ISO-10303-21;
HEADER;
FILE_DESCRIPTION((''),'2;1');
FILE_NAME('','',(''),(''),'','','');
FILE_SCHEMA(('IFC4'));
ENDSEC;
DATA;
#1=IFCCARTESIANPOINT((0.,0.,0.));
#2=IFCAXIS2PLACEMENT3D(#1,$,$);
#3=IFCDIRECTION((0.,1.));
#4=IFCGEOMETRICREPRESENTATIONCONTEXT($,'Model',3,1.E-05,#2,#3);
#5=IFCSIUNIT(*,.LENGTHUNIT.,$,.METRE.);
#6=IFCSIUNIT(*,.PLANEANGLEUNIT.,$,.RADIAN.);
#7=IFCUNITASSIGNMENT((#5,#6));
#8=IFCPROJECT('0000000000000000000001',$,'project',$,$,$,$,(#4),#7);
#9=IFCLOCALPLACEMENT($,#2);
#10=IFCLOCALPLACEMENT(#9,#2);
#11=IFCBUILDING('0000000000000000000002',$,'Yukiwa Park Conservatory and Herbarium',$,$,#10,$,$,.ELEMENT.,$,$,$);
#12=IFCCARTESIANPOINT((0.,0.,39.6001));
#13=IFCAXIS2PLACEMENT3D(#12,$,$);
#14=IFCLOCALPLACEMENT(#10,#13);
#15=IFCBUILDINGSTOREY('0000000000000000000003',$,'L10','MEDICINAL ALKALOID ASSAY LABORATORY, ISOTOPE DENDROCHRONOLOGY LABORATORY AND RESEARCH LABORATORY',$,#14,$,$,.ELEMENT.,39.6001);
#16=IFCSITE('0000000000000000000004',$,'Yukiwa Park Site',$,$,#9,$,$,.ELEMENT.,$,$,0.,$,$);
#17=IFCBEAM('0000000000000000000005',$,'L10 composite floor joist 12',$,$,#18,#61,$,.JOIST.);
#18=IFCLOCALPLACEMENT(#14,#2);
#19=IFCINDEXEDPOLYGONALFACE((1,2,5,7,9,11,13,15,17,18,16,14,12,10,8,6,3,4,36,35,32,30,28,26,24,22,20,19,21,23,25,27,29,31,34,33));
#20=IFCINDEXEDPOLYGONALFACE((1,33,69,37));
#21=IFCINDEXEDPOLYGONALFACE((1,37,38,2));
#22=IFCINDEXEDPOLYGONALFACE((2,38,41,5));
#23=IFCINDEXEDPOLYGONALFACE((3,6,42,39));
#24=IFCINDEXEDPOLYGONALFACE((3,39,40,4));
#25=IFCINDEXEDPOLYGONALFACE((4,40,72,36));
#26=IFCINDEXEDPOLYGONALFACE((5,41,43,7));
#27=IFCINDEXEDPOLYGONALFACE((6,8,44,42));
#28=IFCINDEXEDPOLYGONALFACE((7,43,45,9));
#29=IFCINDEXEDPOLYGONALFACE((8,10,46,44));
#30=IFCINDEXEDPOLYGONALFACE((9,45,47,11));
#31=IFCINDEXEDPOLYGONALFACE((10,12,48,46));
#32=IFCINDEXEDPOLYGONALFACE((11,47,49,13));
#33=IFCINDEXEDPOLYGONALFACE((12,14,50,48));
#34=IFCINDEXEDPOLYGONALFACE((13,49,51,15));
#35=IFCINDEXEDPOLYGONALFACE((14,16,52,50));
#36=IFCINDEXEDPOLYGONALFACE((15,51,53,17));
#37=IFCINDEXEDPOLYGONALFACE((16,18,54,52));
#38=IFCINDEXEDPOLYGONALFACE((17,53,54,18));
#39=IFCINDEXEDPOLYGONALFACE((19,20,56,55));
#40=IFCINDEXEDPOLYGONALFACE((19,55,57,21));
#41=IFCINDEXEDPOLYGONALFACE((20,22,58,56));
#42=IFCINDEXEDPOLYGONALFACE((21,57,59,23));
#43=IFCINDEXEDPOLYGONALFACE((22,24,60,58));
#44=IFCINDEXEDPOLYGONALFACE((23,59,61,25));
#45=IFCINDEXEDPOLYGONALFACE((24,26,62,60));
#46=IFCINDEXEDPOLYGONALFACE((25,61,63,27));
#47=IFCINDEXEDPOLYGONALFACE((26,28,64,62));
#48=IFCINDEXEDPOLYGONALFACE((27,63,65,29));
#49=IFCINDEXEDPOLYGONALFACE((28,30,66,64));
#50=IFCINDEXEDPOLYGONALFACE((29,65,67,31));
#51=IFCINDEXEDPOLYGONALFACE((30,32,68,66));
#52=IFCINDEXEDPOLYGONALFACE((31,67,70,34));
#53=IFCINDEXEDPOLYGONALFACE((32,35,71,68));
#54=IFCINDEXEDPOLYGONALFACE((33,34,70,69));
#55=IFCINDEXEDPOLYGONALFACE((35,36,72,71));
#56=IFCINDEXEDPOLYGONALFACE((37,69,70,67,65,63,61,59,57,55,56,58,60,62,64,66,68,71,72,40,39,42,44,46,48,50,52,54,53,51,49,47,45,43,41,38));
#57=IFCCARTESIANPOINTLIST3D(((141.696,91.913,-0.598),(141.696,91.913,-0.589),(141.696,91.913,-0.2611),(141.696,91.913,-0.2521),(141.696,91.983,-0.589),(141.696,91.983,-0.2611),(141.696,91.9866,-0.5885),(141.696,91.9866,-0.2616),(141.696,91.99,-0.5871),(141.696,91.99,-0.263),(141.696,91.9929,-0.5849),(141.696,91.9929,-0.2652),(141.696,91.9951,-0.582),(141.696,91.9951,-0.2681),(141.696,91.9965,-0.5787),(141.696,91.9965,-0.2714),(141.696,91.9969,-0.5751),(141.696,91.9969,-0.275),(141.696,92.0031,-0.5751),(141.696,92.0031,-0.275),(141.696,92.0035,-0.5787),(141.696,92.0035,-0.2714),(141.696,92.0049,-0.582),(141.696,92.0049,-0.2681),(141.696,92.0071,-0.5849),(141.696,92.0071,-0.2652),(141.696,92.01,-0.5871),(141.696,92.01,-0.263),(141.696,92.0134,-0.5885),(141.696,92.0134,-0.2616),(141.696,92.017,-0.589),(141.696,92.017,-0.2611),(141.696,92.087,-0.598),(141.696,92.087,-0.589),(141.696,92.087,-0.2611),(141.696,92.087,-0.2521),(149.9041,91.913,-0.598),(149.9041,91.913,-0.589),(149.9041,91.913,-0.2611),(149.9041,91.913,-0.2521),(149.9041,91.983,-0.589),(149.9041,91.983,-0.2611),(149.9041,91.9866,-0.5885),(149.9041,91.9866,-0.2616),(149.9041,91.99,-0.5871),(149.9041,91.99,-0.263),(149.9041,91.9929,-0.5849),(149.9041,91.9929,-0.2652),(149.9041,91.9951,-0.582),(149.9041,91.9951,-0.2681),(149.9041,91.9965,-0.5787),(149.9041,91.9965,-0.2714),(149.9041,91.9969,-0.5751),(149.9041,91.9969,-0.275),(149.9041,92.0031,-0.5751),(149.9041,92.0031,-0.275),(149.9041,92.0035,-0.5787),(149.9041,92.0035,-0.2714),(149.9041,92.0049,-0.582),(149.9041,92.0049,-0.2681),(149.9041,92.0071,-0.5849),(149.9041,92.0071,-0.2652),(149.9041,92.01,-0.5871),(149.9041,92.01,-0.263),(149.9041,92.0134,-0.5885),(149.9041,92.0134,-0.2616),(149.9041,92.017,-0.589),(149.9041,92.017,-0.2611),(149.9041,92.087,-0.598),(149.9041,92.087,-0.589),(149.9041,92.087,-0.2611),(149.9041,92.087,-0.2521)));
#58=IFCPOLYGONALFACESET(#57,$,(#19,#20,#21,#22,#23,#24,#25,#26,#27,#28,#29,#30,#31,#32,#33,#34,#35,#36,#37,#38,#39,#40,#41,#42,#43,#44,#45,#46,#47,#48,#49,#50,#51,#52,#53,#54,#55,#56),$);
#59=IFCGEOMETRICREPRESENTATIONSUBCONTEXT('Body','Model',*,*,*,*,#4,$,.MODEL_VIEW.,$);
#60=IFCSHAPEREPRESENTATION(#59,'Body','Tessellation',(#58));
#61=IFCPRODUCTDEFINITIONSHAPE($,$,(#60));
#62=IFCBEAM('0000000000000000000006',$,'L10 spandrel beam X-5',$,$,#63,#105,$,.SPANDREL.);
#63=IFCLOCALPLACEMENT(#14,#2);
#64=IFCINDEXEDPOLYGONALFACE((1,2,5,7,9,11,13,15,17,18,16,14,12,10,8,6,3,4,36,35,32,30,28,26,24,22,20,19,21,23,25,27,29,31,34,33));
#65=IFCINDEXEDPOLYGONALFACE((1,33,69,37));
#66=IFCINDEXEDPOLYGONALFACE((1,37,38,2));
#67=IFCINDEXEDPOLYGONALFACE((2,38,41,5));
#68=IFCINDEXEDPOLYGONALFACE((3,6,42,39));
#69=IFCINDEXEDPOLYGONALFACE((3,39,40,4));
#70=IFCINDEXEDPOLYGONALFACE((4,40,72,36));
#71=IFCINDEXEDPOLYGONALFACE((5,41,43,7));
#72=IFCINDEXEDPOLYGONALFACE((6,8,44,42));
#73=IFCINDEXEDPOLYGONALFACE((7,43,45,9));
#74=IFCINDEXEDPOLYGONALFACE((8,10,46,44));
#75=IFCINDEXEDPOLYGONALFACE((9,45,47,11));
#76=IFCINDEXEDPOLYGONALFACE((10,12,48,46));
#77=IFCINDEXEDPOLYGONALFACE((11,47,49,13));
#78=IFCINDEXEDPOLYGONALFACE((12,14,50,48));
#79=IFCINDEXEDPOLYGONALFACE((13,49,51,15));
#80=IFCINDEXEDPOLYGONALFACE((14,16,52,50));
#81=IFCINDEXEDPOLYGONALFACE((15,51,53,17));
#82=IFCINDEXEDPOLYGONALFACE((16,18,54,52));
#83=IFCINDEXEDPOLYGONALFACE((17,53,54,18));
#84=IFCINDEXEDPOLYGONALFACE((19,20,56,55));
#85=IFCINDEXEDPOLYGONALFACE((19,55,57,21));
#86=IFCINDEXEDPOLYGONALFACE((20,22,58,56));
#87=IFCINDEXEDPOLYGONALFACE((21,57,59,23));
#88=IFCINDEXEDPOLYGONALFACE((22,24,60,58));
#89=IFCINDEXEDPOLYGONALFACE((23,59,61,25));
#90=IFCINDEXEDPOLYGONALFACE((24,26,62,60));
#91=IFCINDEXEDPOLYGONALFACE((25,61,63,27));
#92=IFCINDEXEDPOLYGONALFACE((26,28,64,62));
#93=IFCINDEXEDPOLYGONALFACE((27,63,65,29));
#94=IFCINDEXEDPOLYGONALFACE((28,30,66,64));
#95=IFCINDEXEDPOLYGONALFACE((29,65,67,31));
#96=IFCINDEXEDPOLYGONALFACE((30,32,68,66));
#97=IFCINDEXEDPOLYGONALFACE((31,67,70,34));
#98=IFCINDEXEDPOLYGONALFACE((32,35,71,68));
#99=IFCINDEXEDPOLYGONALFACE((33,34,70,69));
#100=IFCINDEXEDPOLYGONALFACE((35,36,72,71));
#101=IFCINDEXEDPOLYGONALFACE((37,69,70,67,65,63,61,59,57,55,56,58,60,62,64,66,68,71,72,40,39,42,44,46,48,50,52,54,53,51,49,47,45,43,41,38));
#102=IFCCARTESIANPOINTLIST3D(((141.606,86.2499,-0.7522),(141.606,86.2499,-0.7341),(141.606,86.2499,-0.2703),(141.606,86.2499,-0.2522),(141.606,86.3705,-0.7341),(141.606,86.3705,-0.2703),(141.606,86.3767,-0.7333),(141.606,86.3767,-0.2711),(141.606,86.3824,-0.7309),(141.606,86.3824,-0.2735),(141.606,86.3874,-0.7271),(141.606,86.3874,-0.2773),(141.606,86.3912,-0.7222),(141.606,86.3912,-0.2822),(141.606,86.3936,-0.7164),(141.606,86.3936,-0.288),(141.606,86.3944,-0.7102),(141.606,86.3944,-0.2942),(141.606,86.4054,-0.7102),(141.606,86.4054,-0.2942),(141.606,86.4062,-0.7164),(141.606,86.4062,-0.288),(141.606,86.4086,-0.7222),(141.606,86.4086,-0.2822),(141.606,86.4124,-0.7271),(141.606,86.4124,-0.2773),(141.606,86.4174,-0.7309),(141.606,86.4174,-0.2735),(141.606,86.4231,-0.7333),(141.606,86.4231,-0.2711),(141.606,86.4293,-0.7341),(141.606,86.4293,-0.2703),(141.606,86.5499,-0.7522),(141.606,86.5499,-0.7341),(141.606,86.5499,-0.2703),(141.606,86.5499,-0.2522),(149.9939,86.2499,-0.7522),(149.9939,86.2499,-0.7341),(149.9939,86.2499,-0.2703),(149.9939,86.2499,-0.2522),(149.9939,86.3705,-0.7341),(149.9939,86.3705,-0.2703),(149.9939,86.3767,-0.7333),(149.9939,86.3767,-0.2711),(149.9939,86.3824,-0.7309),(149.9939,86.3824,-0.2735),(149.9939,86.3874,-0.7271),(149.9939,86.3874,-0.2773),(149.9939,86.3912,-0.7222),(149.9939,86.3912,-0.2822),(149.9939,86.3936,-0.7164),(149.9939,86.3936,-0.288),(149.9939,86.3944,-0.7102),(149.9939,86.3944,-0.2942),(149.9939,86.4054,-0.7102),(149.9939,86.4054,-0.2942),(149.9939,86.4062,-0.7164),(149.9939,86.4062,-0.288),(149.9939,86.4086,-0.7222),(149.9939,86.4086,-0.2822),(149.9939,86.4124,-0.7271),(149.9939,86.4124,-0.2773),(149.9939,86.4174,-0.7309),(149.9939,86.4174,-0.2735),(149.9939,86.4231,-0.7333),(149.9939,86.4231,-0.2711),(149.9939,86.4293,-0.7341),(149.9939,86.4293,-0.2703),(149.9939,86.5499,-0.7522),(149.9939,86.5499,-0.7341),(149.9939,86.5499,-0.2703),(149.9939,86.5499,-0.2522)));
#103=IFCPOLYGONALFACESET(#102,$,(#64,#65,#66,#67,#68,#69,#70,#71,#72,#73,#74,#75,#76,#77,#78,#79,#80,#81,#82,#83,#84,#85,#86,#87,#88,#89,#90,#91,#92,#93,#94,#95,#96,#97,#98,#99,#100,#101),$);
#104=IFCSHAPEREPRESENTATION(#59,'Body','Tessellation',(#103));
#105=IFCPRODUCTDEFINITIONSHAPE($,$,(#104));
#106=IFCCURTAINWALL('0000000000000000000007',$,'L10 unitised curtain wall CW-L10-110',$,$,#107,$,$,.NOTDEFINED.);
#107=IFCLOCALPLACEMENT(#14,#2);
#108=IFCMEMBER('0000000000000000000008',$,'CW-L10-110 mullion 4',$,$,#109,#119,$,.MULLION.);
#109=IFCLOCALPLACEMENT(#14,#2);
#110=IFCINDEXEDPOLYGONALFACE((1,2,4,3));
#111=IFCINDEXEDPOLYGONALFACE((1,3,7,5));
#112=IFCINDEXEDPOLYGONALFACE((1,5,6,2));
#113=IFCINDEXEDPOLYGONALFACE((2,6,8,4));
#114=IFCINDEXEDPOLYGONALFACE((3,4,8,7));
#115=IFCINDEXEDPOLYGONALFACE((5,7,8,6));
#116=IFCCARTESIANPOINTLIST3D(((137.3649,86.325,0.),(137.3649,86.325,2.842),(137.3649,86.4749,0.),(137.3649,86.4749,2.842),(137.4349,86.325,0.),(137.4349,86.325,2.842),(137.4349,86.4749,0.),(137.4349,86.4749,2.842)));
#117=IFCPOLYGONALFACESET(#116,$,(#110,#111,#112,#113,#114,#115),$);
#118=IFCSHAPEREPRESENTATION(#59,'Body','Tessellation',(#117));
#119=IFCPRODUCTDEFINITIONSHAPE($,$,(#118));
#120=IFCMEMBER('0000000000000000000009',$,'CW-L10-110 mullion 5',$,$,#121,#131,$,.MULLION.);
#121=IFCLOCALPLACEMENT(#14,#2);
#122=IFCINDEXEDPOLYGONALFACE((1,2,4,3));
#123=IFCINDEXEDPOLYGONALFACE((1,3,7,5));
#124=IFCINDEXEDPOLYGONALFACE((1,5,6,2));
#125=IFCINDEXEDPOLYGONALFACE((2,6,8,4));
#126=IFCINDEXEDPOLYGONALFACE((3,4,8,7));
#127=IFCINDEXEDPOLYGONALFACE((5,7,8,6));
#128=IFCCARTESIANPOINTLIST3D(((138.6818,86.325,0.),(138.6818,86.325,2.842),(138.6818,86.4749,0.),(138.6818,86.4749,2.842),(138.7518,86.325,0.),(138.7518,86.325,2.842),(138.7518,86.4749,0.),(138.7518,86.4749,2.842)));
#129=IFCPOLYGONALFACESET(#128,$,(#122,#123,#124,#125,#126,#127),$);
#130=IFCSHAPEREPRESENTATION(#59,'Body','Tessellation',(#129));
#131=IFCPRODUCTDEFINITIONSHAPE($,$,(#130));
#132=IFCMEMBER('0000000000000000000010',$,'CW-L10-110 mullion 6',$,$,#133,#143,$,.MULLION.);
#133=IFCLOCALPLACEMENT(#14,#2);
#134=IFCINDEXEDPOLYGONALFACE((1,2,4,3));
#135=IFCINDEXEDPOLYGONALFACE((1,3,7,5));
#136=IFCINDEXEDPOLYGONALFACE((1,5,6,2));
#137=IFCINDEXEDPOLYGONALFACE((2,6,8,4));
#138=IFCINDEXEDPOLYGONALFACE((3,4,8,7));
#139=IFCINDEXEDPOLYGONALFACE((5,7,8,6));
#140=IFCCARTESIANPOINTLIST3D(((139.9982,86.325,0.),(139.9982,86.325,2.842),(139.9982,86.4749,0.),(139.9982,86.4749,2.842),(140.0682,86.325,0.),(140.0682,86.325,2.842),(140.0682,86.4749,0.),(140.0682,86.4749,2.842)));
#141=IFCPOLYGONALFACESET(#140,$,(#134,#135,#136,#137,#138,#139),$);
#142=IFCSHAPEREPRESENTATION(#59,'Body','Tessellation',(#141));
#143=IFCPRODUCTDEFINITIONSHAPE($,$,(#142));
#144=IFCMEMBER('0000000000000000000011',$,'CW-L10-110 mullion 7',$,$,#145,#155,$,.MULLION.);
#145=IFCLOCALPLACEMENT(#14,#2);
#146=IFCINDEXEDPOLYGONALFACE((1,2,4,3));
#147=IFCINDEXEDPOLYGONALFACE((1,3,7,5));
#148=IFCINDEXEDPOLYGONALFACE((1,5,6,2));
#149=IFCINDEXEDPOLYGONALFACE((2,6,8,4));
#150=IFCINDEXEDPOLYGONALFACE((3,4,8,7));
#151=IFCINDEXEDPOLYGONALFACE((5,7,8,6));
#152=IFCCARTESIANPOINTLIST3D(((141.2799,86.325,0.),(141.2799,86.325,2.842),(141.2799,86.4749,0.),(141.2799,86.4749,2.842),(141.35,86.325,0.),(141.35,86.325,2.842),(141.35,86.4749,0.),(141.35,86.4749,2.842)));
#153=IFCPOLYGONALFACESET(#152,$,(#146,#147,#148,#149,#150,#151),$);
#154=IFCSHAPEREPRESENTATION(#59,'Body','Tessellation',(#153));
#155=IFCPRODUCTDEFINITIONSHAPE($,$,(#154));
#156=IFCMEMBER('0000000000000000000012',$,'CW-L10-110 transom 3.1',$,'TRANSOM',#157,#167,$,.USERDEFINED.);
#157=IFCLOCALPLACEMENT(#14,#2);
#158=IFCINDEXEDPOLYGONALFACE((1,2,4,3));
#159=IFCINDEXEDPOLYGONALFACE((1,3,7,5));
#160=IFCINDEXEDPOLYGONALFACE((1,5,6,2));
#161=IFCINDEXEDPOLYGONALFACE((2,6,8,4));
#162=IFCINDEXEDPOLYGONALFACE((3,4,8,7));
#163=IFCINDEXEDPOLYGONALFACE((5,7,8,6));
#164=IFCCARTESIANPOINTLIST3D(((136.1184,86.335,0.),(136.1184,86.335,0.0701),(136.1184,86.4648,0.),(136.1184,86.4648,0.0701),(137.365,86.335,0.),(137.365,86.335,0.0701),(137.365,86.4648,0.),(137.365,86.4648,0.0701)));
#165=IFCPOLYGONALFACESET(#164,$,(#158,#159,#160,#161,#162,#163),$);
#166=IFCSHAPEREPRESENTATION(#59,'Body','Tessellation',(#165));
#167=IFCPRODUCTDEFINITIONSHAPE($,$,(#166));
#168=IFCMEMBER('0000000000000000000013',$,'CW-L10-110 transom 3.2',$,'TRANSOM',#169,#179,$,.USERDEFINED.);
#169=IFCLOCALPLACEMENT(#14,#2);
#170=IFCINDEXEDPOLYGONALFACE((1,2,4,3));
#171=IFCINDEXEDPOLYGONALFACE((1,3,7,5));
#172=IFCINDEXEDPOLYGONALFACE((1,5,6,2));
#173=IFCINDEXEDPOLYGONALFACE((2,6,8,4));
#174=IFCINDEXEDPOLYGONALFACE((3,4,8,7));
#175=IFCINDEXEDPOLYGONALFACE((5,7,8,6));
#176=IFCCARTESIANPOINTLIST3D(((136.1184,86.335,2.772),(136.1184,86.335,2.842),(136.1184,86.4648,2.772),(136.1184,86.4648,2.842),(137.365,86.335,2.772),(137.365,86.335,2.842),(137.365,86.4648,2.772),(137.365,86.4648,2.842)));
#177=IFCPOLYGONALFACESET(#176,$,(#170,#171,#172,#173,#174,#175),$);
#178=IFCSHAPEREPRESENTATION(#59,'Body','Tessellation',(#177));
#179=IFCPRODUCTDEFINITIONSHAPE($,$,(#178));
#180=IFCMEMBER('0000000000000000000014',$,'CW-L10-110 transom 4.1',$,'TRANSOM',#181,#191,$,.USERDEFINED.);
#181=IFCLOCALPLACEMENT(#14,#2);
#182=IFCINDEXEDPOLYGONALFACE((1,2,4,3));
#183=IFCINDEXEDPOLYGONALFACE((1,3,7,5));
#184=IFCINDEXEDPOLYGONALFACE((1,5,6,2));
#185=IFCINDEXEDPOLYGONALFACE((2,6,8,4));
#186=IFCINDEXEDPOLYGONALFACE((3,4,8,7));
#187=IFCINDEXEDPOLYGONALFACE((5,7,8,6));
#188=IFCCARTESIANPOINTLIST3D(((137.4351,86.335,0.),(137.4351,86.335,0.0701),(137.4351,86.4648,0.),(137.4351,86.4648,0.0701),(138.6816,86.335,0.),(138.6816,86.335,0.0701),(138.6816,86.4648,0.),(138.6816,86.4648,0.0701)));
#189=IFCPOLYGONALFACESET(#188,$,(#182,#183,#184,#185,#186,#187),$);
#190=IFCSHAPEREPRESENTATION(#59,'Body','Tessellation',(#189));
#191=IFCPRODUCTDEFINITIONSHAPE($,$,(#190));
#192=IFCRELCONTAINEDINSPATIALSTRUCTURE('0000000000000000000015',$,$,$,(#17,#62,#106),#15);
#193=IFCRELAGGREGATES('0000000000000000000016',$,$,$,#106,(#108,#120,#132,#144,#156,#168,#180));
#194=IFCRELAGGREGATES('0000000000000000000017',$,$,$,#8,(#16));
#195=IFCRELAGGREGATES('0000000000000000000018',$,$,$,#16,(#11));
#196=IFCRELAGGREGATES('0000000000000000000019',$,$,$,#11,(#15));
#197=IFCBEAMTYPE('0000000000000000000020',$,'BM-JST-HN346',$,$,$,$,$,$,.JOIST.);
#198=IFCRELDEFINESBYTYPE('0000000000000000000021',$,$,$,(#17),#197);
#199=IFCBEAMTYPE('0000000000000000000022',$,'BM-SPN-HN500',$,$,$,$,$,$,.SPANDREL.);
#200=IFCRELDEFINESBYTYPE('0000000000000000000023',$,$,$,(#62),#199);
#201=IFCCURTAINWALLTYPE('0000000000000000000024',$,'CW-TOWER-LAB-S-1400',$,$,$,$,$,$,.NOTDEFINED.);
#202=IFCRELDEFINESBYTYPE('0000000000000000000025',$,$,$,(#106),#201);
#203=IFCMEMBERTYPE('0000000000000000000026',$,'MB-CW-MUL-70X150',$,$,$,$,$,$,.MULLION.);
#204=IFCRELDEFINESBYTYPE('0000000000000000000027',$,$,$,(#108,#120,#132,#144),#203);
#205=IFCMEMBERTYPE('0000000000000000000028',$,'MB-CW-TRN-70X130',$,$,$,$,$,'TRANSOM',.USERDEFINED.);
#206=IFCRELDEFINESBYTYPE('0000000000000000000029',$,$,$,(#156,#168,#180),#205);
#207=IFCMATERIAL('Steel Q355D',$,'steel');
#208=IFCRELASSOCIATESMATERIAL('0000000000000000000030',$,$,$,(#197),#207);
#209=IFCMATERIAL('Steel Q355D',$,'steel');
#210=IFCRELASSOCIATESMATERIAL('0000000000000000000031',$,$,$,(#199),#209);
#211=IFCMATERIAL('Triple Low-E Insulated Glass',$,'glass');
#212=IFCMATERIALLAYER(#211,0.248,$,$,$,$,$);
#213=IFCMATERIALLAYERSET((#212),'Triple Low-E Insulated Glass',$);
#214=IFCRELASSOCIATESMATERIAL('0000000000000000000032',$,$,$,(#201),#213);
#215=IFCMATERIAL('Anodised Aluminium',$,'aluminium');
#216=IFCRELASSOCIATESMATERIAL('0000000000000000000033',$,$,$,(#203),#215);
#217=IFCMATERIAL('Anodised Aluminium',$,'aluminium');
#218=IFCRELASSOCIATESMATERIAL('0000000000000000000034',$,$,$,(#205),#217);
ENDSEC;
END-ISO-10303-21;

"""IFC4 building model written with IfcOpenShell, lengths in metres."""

from ifc_helpers import new_model, si_unit, direction, frame, origin, origin_2d, place, context, subcontext, project, spatial, rectangle, i_section, extrude, material, layer, layer_set, material_profile, profile_set, type_object, element, aggregate, save


model = new_model("IFC4")

# Units and contexts
model_context = context("Model", 3, precision=1e-05, world=origin(), true_north=direction((0.0, 1.0)))
body_context = subcontext(model_context, "Body", "Model", "MODEL_VIEW")
ifc_project = project(units=[si_unit("LENGTHUNIT", "METRE"), si_unit("PLANEANGLEUNIT", "RADIAN")], contexts=[model_context])

# Site, building, storey
site_placement = place(None, origin())
site = spatial("IfcSite", under=ifc_project, at=site_placement, Name="Yukiwa Park Site", CompositionType="ELEMENT", RefElevation=0.0)
building_placement = place(site_placement, origin())
building = spatial("IfcBuilding", under=site, at=building_placement, Name="Yukiwa Park Conservatory and Herbarium", CompositionType="ELEMENT")
storey_placement = place(building_placement, frame((0.0, 0.0, 39.6001)))
storey = spatial("IfcBuildingStorey", under=building, at=storey_placement, Name="L10", Description="MEDICINAL ALKALOID ASSAY LABORATORY, ISOTOPE DENDROCHRONOLOGY LABORATORY AND RESEARCH LABORATORY", CompositionType="ELEMENT", Elevation=39.6001)

# Beams
ifc_material_1 = material(Name="Steel Q355D", Category="steel")
ifc_material_profile_1 = material_profile(ifc_material_1, i_section(OverallWidth=0.1741, OverallDepth=0.3459, WebThickness=0.0061, FlangeThickness=0.009, FilletRadius=0.0139, at=origin_2d()), Name="HN 346x174x6x9")
ifc_profile_set_1 = profile_set([ifc_material_profile_1], Name="Steel Q355D")
beam_type_1 = type_object("IfcBeamType", Name="BM-JST-HN346", PredefinedType="JOIST", material=ifc_profile_set_1)
for number, where, z_axis, x_axis, name in (
    (1, (141.696, 92.0, -0.425), (1.0, 0.0, 0.0), (0.0, 1.0, 0.0), "L10 composite floor joist 12"),
):
    element("IfcBeam", number, at=place(storey_placement, frame(where, z_axis=z_axis, x_axis=x_axis)), inside=storey, type_object=beam_type_1, Name=name, PredefinedType="JOIST", context=body_context, shape_type="SweptSolid", body=[
        extrude(i_section(OverallWidth=0.1741, OverallDepth=0.3459, WebThickness=0.0061, FlangeThickness=0.009, FilletRadius=0.0139, at=origin_2d()), origin(), (0.0, 0.0, 1.0), 8.208),
    ])
ifc_material_2 = material(Name="Steel Q355D", Category="steel")
ifc_material_profile_2 = material_profile(ifc_material_2, i_section(OverallWidth=0.3, OverallDepth=0.5, WebThickness=0.011, FlangeThickness=0.0181, FilletRadius=0.0239, at=origin_2d()), Name="HM 500x300x11x18")
ifc_profile_set_2 = profile_set([ifc_material_profile_2], Name="Steel Q355D")
beam_type_2 = type_object("IfcBeamType", Name="BM-SPN-HN500", PredefinedType="SPANDREL", material=ifc_profile_set_2)
beam_1_placement = place(storey_placement, frame((141.606, 86.3999, -0.5022), z_axis=(1.0, 0.0, 0.0), x_axis=(0.0, 1.0, 0.0)))
element("IfcBeam", 2, at=beam_1_placement, inside=storey, type_object=beam_type_2, Name="L10 spandrel beam X-5", PredefinedType="SPANDREL", context=body_context, shape_type="SweptSolid", body=[
    extrude(i_section(OverallWidth=0.3, OverallDepth=0.5, WebThickness=0.011, FlangeThickness=0.0181, FilletRadius=0.0239, at=origin_2d()), origin(), (0.0, 0.0, 1.0), 8.3879),
])

# Curtain wall, members
ifc_material_3 = material(Name="Triple Low-E Insulated Glass", Category="glass")
ifc_layer_1 = layer(ifc_material_3, 0.248)
ifc_layer_set_1 = layer_set([ifc_layer_1], Name="Triple Low-E Insulated Glass")
curtain_wall_type = type_object("IfcCurtainWallType", Name="CW-TOWER-LAB-S-1400", PredefinedType="NOTDEFINED", material=ifc_layer_set_1)
curtain_wall_placement = place(storey_placement, origin())
curtain_wall = element("IfcCurtainWall", 3, at=curtain_wall_placement, inside=storey, type_object=curtain_wall_type, Name="L10 unitised curtain wall CW-L10-110", PredefinedType="NOTDEFINED")
ifc_material_4 = material(Name="Anodised Aluminium", Category="aluminium")
member_type_1 = type_object("IfcMemberType", Name="MB-CW-MUL-70X150", PredefinedType="MULLION", material=ifc_material_4)
member_1_placement = place(storey_placement, frame((137.3999, 86.3999, 0.0), z_axis=(0.0, 0.0, 1.0), x_axis=(1.0, 0.0, 0.0)))
member_1 = element("IfcMember", 4, at=member_1_placement, type_object=member_type_1, Name="CW-L10-110 mullion 4", PredefinedType="MULLION", context=body_context, shape_type="SweptSolid", body=[
    extrude(rectangle(XDim=0.0701, YDim=0.1499, at=origin_2d()), origin(), (0.0, 0.0, 1.0), 2.842),
])
member_2_placement = place(storey_placement, frame((138.7168, 86.3999, 0.0), z_axis=(0.0, 0.0, 1.0), x_axis=(1.0, 0.0, 0.0)))
member_2 = element("IfcMember", 5, at=member_2_placement, type_object=member_type_1, Name="CW-L10-110 mullion 5", PredefinedType="MULLION", context=body_context, shape_type="SweptSolid", body=[
    extrude(rectangle(XDim=0.0701, YDim=0.1499, at=origin_2d()), origin(), (0.0, 0.0, 1.0), 2.842),
])
member_3_placement = place(storey_placement, frame((140.0332, 86.3999, 0.0), z_axis=(0.0, 0.0, 1.0), x_axis=(1.0, 0.0, 0.0)))
member_3 = element("IfcMember", 6, at=member_3_placement, type_object=member_type_1, Name="CW-L10-110 mullion 6", PredefinedType="MULLION", context=body_context, shape_type="SweptSolid", body=[
    extrude(rectangle(XDim=0.0701, YDim=0.1499, at=origin_2d()), origin(), (0.0, 0.0, 1.0), 2.842),
])
member_4_placement = place(storey_placement, frame((141.3149, 86.3999, 0.0), z_axis=(0.0, 0.0, 1.0), x_axis=(1.0, 0.0, 0.0)))
member_4 = element("IfcMember", 7, at=member_4_placement, type_object=member_type_1, Name="CW-L10-110 mullion 7", PredefinedType="MULLION", context=body_context, shape_type="SweptSolid", body=[
    extrude(rectangle(XDim=0.0701, YDim=0.1499, at=origin_2d()), origin(), (0.0, 0.0, 1.0), 2.842),
])
ifc_material_5 = material(Name="Anodised Aluminium", Category="aluminium")
member_type_2 = type_object("IfcMemberType", Name="MB-CW-TRN-70X130", ElementType="TRANSOM", PredefinedType="USERDEFINED", material=ifc_material_5)
member_5_placement = place(storey_placement, frame((136.7417, 86.3999, 0.0), z_axis=(0.0, 0.0, 1.0), x_axis=(1.0, 0.0, 0.0)))
member_5 = element("IfcMember", 8, at=member_5_placement, type_object=member_type_2, Name="CW-L10-110 transom 3.1", ObjectType="TRANSOM", PredefinedType="USERDEFINED", context=body_context, shape_type="SweptSolid", body=[
    extrude(rectangle(XDim=1.2466, YDim=0.1299, at=origin_2d()), origin(), (0.0, 0.0, 1.0), 0.0701),
])
member_6_placement = place(storey_placement, frame((136.7417, 86.3999, 2.772), z_axis=(0.0, 0.0, 1.0), x_axis=(1.0, 0.0, 0.0)))
member_6 = element("IfcMember", 9, at=member_6_placement, type_object=member_type_2, Name="CW-L10-110 transom 3.2", ObjectType="TRANSOM", PredefinedType="USERDEFINED", context=body_context, shape_type="SweptSolid", body=[
    extrude(rectangle(XDim=1.2466, YDim=0.1299, at=origin_2d()), origin(), (0.0, 0.0, 1.0), 0.0701),
])
member_7_placement = place(storey_placement, frame((138.0583, 86.3999, 0.0), z_axis=(0.0, 0.0, 1.0), x_axis=(1.0, 0.0, 0.0)))
member_7 = element("IfcMember", 10, at=member_7_placement, type_object=member_type_2, Name="CW-L10-110 transom 4.1", ObjectType="TRANSOM", PredefinedType="USERDEFINED", context=body_context, shape_type="SweptSolid", body=[
    extrude(rectangle(XDim=1.2466, YDim=0.1299, at=origin_2d()), origin(), (0.0, 0.0, 1.0), 0.0701),
])
aggregate(curtain_wall, [member_1, member_2, member_3, member_4, member_5, member_6, member_7])

save(model, "model.ifc")
